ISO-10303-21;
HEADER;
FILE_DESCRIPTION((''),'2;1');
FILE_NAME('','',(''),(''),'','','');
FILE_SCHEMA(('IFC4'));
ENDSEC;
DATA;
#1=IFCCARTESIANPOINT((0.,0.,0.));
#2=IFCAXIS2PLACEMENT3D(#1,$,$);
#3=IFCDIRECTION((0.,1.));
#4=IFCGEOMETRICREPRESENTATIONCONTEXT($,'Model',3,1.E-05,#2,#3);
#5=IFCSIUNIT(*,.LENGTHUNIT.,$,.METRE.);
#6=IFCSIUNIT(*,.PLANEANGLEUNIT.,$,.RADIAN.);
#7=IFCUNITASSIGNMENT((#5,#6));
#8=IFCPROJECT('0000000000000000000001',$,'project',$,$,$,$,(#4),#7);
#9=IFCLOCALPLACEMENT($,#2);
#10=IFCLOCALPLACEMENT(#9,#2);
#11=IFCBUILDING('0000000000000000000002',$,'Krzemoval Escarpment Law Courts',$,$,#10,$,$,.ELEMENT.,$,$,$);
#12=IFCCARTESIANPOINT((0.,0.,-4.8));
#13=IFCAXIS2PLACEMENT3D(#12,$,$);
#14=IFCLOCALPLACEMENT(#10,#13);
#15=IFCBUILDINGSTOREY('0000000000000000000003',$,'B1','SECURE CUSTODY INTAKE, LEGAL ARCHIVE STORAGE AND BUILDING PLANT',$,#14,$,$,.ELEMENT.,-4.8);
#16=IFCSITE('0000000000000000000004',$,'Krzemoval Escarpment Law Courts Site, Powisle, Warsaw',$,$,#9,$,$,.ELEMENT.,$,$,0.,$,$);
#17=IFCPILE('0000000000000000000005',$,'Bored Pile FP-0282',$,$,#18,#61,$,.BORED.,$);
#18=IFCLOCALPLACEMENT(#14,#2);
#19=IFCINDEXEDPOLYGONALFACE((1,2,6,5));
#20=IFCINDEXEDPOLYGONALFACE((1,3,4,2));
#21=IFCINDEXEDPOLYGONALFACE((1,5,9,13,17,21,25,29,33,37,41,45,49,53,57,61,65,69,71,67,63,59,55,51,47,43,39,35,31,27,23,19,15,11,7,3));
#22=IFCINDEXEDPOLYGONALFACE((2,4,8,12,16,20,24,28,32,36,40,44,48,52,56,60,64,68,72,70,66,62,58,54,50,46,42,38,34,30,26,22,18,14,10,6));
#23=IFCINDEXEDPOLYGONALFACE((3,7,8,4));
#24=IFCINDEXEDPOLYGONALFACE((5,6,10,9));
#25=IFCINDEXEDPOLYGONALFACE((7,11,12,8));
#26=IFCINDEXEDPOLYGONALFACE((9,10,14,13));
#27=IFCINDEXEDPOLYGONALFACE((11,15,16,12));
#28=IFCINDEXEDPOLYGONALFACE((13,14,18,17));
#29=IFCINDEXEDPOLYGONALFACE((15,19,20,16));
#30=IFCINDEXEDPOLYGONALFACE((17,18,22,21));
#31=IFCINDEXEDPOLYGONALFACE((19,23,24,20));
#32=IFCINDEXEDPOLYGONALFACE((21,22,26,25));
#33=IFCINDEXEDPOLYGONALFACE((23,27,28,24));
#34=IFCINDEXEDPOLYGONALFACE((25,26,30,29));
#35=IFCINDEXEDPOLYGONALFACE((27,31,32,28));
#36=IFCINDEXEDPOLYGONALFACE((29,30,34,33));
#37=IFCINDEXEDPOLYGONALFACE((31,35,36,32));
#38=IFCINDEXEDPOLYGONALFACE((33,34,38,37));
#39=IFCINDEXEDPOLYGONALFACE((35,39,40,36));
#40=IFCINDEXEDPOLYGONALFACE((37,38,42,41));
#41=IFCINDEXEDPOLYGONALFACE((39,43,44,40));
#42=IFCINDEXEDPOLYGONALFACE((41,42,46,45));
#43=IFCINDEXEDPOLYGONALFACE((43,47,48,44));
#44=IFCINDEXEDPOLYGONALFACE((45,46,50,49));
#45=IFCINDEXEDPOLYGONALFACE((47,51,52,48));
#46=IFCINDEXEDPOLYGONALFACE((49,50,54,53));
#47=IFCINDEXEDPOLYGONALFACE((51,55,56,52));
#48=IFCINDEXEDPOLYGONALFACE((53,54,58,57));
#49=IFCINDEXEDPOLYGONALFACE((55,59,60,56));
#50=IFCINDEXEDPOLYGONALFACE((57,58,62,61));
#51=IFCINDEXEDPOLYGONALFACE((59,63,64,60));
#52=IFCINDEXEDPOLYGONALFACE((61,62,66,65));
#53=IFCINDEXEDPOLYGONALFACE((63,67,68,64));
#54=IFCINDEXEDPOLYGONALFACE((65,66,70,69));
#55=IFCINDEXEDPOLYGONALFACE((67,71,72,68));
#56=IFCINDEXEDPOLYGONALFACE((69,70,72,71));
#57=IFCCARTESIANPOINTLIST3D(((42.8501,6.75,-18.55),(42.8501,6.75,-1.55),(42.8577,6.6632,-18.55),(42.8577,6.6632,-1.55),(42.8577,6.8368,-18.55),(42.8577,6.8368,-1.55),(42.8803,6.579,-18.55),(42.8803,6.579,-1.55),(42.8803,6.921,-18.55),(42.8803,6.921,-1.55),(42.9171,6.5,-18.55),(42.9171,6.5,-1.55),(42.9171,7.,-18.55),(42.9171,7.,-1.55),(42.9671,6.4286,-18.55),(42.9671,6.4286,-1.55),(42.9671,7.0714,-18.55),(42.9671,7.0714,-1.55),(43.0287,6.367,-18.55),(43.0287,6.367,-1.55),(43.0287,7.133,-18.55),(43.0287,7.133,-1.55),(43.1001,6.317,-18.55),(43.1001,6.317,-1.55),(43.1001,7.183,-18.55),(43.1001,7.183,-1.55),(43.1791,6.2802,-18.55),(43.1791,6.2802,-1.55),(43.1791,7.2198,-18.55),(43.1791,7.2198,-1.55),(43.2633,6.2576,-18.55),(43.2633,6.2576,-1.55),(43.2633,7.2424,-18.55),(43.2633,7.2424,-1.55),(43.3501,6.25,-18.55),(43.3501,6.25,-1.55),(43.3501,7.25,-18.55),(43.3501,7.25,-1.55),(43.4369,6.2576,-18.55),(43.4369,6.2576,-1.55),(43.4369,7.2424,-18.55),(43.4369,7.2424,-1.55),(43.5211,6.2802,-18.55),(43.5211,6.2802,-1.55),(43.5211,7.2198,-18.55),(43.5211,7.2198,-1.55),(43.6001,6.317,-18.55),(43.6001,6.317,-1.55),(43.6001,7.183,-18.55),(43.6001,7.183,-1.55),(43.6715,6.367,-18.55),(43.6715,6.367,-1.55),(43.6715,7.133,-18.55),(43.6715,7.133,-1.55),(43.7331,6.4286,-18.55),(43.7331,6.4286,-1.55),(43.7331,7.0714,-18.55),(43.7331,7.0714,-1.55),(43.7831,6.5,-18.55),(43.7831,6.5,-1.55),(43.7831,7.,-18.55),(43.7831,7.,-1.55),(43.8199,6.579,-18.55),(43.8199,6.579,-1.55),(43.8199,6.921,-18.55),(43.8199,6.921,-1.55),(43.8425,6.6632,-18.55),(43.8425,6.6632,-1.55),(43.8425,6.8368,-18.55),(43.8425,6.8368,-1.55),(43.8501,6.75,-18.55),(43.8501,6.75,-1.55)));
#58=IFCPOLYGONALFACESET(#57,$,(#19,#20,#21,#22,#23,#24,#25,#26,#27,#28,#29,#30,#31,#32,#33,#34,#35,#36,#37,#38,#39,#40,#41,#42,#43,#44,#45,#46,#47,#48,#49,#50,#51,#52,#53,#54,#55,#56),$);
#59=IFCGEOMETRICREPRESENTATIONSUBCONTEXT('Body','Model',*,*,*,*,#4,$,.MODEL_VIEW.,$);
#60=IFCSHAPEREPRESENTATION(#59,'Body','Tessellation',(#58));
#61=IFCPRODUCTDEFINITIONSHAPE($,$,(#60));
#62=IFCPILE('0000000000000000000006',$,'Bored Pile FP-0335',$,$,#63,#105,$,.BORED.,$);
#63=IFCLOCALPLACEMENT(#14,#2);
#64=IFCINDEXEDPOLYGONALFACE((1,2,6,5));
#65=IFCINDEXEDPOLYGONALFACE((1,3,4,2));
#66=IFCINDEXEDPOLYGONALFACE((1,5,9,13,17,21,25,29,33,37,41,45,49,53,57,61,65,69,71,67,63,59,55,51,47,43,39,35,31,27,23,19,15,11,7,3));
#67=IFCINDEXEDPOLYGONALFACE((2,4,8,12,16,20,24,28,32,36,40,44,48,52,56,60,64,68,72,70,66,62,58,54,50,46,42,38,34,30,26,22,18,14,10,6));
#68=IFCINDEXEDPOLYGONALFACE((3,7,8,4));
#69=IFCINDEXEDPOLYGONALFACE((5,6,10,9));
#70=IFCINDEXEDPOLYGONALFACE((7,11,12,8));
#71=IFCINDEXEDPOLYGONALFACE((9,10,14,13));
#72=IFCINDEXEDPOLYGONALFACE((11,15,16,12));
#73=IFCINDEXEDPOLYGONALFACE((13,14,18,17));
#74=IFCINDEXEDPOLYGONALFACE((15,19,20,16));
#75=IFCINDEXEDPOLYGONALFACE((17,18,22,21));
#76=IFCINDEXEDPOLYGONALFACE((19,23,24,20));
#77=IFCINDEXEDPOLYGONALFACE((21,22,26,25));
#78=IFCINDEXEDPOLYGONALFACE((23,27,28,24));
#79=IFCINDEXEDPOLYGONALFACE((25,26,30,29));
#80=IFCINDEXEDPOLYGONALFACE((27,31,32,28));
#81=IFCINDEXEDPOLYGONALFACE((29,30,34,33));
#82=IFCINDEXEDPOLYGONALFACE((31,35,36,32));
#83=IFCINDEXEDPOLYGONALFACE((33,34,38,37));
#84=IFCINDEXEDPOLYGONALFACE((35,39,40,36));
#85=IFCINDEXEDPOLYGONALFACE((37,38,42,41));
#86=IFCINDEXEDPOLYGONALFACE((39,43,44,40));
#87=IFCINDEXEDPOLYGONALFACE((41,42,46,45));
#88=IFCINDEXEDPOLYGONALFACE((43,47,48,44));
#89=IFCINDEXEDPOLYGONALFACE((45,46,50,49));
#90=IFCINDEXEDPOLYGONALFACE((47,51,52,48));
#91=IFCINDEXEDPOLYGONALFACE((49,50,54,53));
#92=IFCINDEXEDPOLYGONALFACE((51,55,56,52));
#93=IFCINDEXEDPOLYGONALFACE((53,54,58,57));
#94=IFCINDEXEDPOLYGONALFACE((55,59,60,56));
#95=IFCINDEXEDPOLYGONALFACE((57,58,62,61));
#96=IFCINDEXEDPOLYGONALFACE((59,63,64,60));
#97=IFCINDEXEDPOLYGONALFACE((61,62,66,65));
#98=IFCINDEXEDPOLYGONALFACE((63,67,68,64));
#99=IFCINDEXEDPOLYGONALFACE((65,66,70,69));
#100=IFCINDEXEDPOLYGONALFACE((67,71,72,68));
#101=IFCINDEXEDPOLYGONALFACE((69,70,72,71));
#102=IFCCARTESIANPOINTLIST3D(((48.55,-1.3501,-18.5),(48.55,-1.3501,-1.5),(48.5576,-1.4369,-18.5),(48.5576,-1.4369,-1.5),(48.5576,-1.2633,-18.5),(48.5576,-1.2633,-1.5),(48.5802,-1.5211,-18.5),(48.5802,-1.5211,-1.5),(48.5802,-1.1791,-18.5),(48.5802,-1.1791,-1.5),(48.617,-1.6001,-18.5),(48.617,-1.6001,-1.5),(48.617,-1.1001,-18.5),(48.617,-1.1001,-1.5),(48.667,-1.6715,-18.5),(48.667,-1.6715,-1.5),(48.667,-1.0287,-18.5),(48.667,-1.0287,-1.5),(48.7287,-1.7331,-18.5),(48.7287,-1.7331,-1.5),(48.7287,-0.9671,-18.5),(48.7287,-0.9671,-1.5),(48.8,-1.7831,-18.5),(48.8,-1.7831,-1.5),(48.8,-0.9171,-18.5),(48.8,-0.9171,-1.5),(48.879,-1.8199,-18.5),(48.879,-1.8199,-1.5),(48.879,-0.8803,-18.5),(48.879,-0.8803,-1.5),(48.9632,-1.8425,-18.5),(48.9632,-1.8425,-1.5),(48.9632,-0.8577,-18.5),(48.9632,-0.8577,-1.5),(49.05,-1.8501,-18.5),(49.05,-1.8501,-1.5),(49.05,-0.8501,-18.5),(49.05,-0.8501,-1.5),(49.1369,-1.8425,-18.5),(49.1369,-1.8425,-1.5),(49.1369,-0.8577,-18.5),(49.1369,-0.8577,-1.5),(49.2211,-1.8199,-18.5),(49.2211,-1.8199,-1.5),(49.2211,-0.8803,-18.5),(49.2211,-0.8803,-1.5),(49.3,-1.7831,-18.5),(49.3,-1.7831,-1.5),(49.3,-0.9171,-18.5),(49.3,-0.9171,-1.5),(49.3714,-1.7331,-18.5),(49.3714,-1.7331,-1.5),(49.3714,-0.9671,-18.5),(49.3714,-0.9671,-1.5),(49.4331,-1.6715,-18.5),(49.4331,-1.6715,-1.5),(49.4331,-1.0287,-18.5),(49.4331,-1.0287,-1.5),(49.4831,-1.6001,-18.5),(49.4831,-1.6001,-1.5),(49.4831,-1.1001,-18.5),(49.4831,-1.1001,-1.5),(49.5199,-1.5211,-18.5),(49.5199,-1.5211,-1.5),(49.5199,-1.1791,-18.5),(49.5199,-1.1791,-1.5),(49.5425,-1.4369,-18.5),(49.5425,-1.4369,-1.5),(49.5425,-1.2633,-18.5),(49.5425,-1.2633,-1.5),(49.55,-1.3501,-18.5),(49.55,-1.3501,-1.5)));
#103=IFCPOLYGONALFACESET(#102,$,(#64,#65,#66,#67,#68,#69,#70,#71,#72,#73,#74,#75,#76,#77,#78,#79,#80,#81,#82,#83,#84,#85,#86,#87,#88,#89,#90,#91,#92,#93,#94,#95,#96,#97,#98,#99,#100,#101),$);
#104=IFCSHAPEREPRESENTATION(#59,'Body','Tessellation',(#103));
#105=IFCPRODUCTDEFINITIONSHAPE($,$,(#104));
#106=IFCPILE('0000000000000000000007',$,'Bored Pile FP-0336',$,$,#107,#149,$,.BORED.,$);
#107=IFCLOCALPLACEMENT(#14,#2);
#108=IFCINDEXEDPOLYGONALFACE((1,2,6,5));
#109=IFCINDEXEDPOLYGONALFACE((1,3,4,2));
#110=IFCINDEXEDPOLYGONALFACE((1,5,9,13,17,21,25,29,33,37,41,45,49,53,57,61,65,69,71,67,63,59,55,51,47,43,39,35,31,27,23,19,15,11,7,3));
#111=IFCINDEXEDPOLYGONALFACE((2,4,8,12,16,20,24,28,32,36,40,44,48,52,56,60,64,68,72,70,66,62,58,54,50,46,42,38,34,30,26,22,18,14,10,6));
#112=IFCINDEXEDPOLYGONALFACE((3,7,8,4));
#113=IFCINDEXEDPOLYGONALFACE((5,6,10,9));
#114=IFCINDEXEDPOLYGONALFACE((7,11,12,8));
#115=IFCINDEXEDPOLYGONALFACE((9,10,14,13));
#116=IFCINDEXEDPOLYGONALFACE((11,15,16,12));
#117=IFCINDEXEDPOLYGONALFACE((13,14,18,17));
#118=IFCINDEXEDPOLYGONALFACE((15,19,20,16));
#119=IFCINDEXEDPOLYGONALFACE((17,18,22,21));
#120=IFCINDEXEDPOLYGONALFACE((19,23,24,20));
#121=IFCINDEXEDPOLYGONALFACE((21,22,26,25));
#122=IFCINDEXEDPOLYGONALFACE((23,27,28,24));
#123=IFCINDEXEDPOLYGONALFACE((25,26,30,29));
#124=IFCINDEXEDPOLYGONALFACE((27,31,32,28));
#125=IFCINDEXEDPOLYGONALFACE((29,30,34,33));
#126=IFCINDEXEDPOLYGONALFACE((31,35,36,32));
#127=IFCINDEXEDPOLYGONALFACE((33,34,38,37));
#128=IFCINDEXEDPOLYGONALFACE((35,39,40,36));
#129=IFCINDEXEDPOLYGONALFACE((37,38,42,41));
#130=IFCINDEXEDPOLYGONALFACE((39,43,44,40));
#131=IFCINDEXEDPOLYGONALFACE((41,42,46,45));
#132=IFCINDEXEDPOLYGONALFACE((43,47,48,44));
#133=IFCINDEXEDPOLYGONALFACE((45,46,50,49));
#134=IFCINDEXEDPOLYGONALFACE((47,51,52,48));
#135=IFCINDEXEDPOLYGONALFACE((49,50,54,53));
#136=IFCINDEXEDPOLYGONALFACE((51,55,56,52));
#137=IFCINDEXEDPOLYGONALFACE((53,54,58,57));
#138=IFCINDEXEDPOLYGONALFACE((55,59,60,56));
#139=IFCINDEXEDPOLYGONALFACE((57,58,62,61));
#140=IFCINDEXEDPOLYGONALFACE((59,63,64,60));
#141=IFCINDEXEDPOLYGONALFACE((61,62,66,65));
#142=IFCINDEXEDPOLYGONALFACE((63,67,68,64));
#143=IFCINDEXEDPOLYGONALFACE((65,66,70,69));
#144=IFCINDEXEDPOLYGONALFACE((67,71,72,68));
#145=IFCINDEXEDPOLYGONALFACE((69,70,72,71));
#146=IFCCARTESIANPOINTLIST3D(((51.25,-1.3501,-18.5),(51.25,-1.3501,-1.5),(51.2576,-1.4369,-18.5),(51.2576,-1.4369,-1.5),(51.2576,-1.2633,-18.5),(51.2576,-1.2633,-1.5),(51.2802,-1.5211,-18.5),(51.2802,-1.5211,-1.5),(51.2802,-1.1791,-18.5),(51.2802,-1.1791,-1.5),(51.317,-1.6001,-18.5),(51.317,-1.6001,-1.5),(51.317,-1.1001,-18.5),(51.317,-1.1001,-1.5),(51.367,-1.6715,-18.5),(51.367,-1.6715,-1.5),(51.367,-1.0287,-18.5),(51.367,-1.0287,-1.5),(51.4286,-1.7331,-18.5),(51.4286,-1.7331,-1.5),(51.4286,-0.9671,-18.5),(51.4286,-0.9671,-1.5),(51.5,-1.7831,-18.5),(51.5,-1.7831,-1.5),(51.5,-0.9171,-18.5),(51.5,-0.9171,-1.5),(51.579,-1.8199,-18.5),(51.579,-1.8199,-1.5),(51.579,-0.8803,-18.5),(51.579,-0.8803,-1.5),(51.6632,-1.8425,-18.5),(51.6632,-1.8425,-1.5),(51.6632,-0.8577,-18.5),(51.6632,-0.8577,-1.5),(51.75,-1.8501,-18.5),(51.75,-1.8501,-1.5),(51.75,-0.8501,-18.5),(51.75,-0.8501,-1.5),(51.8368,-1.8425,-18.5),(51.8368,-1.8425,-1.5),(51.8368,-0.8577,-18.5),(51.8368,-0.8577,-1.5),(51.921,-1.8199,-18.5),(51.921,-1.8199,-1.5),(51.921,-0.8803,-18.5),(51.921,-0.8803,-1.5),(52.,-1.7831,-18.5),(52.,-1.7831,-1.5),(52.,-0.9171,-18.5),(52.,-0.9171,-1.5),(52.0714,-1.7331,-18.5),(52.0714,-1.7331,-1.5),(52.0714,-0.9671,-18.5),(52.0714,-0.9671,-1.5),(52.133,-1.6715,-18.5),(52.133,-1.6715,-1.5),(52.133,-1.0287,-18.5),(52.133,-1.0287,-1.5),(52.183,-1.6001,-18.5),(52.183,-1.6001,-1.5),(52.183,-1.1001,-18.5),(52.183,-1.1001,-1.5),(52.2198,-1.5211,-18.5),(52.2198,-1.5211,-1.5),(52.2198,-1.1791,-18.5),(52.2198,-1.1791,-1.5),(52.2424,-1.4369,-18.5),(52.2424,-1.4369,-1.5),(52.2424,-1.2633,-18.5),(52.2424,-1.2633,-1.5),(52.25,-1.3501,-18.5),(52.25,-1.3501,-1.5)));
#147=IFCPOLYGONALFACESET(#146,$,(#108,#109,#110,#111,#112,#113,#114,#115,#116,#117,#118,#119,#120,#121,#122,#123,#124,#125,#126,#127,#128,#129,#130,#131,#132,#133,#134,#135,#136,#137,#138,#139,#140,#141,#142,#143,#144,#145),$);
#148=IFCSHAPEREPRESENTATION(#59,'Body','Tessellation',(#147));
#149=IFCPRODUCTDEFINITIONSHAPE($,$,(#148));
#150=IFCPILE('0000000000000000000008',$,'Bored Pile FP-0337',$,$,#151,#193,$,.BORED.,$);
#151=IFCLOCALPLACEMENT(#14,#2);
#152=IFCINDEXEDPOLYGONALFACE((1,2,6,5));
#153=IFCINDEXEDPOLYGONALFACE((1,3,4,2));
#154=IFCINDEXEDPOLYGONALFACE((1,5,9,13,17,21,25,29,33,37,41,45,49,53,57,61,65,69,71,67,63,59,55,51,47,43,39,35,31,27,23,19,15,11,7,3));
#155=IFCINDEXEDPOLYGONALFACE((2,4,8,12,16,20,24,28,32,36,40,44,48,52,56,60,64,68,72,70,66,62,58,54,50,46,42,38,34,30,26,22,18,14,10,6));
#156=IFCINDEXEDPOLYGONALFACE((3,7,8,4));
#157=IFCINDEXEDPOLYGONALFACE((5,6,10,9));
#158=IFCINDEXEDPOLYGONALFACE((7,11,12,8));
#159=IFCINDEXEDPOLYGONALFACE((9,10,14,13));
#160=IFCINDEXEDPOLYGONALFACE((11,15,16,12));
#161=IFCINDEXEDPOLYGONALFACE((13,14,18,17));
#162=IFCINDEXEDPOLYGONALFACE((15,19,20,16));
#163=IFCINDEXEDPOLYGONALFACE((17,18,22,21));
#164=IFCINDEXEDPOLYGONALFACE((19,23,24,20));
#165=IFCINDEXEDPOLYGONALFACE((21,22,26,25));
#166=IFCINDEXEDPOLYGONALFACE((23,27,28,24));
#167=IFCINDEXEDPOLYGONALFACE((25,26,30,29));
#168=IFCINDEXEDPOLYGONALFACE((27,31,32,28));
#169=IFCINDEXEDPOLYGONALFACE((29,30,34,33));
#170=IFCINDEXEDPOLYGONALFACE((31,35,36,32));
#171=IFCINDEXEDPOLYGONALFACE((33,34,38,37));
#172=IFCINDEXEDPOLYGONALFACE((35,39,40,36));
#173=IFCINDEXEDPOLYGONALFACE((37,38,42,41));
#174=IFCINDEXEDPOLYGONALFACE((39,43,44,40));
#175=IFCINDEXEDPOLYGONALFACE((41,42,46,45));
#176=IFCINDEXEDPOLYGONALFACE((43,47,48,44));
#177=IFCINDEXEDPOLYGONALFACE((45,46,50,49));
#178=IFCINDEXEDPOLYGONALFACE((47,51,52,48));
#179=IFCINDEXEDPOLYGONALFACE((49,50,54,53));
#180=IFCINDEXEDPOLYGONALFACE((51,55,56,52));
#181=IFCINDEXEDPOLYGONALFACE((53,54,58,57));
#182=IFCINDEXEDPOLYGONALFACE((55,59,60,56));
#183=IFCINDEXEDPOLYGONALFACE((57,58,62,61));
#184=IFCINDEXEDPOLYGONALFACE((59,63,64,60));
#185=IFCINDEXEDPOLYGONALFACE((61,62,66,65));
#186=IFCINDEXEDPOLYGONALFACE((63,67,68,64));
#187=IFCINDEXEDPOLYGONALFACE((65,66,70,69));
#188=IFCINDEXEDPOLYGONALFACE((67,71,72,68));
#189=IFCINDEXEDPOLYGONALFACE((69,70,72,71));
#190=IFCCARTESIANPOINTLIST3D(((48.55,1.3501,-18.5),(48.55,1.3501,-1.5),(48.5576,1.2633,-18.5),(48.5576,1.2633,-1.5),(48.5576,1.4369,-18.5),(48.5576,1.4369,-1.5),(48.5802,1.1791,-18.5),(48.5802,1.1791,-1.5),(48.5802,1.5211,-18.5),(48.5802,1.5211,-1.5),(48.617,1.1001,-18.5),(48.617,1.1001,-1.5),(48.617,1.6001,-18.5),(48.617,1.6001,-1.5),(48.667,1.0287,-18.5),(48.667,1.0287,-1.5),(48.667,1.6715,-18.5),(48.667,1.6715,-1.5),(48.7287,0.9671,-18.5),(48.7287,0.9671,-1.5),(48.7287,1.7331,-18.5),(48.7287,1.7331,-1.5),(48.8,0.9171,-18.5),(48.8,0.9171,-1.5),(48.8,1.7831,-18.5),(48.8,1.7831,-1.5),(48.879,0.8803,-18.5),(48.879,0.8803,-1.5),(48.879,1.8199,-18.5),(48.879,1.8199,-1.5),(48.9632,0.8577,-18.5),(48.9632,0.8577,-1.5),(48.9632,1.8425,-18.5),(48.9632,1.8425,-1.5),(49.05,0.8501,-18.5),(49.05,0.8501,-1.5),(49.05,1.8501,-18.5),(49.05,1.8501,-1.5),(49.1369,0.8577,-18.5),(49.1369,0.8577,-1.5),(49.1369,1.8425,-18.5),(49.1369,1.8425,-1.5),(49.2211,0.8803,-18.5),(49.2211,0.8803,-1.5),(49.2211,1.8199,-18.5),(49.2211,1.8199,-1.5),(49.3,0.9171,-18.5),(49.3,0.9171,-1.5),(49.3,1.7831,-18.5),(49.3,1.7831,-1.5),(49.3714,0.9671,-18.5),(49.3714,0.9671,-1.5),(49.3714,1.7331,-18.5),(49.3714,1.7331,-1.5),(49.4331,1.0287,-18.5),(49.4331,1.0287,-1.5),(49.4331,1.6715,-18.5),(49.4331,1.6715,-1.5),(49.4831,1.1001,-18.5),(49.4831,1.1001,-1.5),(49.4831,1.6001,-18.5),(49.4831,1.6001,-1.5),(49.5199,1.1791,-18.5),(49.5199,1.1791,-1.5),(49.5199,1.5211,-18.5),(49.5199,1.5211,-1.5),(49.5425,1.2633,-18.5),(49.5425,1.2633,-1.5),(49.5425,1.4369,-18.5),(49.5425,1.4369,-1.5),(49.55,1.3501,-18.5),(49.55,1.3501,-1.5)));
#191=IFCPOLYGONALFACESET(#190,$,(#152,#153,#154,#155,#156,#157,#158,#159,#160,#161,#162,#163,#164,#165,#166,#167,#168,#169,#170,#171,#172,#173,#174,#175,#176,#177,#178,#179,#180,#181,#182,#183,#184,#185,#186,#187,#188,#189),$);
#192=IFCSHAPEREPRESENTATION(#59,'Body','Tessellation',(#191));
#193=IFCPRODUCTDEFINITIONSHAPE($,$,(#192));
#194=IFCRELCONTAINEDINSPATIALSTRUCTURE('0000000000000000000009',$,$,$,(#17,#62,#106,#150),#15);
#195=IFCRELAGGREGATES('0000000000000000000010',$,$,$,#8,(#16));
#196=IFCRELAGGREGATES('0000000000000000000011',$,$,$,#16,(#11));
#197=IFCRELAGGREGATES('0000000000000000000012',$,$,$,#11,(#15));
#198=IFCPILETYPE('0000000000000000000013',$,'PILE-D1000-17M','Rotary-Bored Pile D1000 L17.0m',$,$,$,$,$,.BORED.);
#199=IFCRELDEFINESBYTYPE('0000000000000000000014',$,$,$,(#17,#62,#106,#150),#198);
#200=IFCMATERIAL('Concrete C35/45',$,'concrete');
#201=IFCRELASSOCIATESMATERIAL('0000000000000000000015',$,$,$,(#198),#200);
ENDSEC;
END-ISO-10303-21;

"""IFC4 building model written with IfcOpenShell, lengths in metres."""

from ifc_helpers import new_model, si_unit, direction, frame, origin, origin_2d, place, context, subcontext, project, spatial, circle, extrude, material, material_profile, profile_set, type_object, element, save


model = new_model("IFC4")

# Units and contexts
model_context = context("Model", 3, precision=1e-05, world=origin(), true_north=direction((0.0, 1.0)))
body_context = subcontext(model_context, "Body", "Model", "MODEL_VIEW")
ifc_project = project(units=[si_unit("LENGTHUNIT", "METRE"), si_unit("PLANEANGLEUNIT", "RADIAN")], contexts=[model_context])

# Site, building, storey
site_placement = place(None, origin())
site = spatial("IfcSite", under=ifc_project, at=site_placement, Name="Krzemoval Escarpment Law Courts Site, Powisle, Warsaw", CompositionType="ELEMENT", RefElevation=0.0)
building_placement = place(site_placement, origin())
building = spatial("IfcBuilding", under=site, at=building_placement, Name="Krzemoval Escarpment Law Courts", CompositionType="ELEMENT")
storey_placement = place(building_placement, frame((0.0, 0.0, -4.8)))
storey = spatial("IfcBuildingStorey", under=building, at=storey_placement, Name="B1", Description="SECURE CUSTODY INTAKE, LEGAL ARCHIVE STORAGE AND BUILDING PLANT", CompositionType="ELEMENT", Elevation=-4.8)

# Piles
ifc_material_1 = material(Name="Concrete C35/45", Category="concrete")
ifc_material_profile_1 = material_profile(ifc_material_1, circle(Radius=0.5, at=origin_2d()), Name="PILE D1000")
ifc_profile_set_1 = profile_set([ifc_material_profile_1], Name="Concrete C35/45")
pile_type = type_object("IfcPileType", Name="PILE-D1000-17M", Description="Rotary-Bored Pile D1000 L17.0m", PredefinedType="BORED", material=ifc_profile_set_1)
for number, where, z_axis, x_axis, name in (
    (1, (43.3501, 6.75, -1.55), (0.0, 0.0, -1.0), (1.0, 0.0, 0.0), "Bored Pile FP-0282"),
    (2, (49.05, -1.3501, -1.5), (0.0, 0.0, -1.0), (1.0, 0.0, 0.0), "Bored Pile FP-0335"),
    (3, (51.75, -1.3501, -1.5), (0.0, 0.0, -1.0), (1.0, 0.0, 0.0), "Bored Pile FP-0336"),
    (4, (49.05, 1.3501, -1.5), (0.0, 0.0, -1.0), (1.0, 0.0, 0.0), "Bored Pile FP-0337"),
):
    element("IfcPile", number, at=place(storey_placement, frame(where, z_axis=z_axis, x_axis=x_axis)), inside=storey, type_object=pile_type, Name=name, PredefinedType="BORED", context=body_context, shape_type="SweptSolid", body=[
        extrude(circle(Radius=0.5, at=origin_2d()), origin(), (0.0, 0.0, 1.0), 17.0),
    ])

save(model, "model.ifc")
